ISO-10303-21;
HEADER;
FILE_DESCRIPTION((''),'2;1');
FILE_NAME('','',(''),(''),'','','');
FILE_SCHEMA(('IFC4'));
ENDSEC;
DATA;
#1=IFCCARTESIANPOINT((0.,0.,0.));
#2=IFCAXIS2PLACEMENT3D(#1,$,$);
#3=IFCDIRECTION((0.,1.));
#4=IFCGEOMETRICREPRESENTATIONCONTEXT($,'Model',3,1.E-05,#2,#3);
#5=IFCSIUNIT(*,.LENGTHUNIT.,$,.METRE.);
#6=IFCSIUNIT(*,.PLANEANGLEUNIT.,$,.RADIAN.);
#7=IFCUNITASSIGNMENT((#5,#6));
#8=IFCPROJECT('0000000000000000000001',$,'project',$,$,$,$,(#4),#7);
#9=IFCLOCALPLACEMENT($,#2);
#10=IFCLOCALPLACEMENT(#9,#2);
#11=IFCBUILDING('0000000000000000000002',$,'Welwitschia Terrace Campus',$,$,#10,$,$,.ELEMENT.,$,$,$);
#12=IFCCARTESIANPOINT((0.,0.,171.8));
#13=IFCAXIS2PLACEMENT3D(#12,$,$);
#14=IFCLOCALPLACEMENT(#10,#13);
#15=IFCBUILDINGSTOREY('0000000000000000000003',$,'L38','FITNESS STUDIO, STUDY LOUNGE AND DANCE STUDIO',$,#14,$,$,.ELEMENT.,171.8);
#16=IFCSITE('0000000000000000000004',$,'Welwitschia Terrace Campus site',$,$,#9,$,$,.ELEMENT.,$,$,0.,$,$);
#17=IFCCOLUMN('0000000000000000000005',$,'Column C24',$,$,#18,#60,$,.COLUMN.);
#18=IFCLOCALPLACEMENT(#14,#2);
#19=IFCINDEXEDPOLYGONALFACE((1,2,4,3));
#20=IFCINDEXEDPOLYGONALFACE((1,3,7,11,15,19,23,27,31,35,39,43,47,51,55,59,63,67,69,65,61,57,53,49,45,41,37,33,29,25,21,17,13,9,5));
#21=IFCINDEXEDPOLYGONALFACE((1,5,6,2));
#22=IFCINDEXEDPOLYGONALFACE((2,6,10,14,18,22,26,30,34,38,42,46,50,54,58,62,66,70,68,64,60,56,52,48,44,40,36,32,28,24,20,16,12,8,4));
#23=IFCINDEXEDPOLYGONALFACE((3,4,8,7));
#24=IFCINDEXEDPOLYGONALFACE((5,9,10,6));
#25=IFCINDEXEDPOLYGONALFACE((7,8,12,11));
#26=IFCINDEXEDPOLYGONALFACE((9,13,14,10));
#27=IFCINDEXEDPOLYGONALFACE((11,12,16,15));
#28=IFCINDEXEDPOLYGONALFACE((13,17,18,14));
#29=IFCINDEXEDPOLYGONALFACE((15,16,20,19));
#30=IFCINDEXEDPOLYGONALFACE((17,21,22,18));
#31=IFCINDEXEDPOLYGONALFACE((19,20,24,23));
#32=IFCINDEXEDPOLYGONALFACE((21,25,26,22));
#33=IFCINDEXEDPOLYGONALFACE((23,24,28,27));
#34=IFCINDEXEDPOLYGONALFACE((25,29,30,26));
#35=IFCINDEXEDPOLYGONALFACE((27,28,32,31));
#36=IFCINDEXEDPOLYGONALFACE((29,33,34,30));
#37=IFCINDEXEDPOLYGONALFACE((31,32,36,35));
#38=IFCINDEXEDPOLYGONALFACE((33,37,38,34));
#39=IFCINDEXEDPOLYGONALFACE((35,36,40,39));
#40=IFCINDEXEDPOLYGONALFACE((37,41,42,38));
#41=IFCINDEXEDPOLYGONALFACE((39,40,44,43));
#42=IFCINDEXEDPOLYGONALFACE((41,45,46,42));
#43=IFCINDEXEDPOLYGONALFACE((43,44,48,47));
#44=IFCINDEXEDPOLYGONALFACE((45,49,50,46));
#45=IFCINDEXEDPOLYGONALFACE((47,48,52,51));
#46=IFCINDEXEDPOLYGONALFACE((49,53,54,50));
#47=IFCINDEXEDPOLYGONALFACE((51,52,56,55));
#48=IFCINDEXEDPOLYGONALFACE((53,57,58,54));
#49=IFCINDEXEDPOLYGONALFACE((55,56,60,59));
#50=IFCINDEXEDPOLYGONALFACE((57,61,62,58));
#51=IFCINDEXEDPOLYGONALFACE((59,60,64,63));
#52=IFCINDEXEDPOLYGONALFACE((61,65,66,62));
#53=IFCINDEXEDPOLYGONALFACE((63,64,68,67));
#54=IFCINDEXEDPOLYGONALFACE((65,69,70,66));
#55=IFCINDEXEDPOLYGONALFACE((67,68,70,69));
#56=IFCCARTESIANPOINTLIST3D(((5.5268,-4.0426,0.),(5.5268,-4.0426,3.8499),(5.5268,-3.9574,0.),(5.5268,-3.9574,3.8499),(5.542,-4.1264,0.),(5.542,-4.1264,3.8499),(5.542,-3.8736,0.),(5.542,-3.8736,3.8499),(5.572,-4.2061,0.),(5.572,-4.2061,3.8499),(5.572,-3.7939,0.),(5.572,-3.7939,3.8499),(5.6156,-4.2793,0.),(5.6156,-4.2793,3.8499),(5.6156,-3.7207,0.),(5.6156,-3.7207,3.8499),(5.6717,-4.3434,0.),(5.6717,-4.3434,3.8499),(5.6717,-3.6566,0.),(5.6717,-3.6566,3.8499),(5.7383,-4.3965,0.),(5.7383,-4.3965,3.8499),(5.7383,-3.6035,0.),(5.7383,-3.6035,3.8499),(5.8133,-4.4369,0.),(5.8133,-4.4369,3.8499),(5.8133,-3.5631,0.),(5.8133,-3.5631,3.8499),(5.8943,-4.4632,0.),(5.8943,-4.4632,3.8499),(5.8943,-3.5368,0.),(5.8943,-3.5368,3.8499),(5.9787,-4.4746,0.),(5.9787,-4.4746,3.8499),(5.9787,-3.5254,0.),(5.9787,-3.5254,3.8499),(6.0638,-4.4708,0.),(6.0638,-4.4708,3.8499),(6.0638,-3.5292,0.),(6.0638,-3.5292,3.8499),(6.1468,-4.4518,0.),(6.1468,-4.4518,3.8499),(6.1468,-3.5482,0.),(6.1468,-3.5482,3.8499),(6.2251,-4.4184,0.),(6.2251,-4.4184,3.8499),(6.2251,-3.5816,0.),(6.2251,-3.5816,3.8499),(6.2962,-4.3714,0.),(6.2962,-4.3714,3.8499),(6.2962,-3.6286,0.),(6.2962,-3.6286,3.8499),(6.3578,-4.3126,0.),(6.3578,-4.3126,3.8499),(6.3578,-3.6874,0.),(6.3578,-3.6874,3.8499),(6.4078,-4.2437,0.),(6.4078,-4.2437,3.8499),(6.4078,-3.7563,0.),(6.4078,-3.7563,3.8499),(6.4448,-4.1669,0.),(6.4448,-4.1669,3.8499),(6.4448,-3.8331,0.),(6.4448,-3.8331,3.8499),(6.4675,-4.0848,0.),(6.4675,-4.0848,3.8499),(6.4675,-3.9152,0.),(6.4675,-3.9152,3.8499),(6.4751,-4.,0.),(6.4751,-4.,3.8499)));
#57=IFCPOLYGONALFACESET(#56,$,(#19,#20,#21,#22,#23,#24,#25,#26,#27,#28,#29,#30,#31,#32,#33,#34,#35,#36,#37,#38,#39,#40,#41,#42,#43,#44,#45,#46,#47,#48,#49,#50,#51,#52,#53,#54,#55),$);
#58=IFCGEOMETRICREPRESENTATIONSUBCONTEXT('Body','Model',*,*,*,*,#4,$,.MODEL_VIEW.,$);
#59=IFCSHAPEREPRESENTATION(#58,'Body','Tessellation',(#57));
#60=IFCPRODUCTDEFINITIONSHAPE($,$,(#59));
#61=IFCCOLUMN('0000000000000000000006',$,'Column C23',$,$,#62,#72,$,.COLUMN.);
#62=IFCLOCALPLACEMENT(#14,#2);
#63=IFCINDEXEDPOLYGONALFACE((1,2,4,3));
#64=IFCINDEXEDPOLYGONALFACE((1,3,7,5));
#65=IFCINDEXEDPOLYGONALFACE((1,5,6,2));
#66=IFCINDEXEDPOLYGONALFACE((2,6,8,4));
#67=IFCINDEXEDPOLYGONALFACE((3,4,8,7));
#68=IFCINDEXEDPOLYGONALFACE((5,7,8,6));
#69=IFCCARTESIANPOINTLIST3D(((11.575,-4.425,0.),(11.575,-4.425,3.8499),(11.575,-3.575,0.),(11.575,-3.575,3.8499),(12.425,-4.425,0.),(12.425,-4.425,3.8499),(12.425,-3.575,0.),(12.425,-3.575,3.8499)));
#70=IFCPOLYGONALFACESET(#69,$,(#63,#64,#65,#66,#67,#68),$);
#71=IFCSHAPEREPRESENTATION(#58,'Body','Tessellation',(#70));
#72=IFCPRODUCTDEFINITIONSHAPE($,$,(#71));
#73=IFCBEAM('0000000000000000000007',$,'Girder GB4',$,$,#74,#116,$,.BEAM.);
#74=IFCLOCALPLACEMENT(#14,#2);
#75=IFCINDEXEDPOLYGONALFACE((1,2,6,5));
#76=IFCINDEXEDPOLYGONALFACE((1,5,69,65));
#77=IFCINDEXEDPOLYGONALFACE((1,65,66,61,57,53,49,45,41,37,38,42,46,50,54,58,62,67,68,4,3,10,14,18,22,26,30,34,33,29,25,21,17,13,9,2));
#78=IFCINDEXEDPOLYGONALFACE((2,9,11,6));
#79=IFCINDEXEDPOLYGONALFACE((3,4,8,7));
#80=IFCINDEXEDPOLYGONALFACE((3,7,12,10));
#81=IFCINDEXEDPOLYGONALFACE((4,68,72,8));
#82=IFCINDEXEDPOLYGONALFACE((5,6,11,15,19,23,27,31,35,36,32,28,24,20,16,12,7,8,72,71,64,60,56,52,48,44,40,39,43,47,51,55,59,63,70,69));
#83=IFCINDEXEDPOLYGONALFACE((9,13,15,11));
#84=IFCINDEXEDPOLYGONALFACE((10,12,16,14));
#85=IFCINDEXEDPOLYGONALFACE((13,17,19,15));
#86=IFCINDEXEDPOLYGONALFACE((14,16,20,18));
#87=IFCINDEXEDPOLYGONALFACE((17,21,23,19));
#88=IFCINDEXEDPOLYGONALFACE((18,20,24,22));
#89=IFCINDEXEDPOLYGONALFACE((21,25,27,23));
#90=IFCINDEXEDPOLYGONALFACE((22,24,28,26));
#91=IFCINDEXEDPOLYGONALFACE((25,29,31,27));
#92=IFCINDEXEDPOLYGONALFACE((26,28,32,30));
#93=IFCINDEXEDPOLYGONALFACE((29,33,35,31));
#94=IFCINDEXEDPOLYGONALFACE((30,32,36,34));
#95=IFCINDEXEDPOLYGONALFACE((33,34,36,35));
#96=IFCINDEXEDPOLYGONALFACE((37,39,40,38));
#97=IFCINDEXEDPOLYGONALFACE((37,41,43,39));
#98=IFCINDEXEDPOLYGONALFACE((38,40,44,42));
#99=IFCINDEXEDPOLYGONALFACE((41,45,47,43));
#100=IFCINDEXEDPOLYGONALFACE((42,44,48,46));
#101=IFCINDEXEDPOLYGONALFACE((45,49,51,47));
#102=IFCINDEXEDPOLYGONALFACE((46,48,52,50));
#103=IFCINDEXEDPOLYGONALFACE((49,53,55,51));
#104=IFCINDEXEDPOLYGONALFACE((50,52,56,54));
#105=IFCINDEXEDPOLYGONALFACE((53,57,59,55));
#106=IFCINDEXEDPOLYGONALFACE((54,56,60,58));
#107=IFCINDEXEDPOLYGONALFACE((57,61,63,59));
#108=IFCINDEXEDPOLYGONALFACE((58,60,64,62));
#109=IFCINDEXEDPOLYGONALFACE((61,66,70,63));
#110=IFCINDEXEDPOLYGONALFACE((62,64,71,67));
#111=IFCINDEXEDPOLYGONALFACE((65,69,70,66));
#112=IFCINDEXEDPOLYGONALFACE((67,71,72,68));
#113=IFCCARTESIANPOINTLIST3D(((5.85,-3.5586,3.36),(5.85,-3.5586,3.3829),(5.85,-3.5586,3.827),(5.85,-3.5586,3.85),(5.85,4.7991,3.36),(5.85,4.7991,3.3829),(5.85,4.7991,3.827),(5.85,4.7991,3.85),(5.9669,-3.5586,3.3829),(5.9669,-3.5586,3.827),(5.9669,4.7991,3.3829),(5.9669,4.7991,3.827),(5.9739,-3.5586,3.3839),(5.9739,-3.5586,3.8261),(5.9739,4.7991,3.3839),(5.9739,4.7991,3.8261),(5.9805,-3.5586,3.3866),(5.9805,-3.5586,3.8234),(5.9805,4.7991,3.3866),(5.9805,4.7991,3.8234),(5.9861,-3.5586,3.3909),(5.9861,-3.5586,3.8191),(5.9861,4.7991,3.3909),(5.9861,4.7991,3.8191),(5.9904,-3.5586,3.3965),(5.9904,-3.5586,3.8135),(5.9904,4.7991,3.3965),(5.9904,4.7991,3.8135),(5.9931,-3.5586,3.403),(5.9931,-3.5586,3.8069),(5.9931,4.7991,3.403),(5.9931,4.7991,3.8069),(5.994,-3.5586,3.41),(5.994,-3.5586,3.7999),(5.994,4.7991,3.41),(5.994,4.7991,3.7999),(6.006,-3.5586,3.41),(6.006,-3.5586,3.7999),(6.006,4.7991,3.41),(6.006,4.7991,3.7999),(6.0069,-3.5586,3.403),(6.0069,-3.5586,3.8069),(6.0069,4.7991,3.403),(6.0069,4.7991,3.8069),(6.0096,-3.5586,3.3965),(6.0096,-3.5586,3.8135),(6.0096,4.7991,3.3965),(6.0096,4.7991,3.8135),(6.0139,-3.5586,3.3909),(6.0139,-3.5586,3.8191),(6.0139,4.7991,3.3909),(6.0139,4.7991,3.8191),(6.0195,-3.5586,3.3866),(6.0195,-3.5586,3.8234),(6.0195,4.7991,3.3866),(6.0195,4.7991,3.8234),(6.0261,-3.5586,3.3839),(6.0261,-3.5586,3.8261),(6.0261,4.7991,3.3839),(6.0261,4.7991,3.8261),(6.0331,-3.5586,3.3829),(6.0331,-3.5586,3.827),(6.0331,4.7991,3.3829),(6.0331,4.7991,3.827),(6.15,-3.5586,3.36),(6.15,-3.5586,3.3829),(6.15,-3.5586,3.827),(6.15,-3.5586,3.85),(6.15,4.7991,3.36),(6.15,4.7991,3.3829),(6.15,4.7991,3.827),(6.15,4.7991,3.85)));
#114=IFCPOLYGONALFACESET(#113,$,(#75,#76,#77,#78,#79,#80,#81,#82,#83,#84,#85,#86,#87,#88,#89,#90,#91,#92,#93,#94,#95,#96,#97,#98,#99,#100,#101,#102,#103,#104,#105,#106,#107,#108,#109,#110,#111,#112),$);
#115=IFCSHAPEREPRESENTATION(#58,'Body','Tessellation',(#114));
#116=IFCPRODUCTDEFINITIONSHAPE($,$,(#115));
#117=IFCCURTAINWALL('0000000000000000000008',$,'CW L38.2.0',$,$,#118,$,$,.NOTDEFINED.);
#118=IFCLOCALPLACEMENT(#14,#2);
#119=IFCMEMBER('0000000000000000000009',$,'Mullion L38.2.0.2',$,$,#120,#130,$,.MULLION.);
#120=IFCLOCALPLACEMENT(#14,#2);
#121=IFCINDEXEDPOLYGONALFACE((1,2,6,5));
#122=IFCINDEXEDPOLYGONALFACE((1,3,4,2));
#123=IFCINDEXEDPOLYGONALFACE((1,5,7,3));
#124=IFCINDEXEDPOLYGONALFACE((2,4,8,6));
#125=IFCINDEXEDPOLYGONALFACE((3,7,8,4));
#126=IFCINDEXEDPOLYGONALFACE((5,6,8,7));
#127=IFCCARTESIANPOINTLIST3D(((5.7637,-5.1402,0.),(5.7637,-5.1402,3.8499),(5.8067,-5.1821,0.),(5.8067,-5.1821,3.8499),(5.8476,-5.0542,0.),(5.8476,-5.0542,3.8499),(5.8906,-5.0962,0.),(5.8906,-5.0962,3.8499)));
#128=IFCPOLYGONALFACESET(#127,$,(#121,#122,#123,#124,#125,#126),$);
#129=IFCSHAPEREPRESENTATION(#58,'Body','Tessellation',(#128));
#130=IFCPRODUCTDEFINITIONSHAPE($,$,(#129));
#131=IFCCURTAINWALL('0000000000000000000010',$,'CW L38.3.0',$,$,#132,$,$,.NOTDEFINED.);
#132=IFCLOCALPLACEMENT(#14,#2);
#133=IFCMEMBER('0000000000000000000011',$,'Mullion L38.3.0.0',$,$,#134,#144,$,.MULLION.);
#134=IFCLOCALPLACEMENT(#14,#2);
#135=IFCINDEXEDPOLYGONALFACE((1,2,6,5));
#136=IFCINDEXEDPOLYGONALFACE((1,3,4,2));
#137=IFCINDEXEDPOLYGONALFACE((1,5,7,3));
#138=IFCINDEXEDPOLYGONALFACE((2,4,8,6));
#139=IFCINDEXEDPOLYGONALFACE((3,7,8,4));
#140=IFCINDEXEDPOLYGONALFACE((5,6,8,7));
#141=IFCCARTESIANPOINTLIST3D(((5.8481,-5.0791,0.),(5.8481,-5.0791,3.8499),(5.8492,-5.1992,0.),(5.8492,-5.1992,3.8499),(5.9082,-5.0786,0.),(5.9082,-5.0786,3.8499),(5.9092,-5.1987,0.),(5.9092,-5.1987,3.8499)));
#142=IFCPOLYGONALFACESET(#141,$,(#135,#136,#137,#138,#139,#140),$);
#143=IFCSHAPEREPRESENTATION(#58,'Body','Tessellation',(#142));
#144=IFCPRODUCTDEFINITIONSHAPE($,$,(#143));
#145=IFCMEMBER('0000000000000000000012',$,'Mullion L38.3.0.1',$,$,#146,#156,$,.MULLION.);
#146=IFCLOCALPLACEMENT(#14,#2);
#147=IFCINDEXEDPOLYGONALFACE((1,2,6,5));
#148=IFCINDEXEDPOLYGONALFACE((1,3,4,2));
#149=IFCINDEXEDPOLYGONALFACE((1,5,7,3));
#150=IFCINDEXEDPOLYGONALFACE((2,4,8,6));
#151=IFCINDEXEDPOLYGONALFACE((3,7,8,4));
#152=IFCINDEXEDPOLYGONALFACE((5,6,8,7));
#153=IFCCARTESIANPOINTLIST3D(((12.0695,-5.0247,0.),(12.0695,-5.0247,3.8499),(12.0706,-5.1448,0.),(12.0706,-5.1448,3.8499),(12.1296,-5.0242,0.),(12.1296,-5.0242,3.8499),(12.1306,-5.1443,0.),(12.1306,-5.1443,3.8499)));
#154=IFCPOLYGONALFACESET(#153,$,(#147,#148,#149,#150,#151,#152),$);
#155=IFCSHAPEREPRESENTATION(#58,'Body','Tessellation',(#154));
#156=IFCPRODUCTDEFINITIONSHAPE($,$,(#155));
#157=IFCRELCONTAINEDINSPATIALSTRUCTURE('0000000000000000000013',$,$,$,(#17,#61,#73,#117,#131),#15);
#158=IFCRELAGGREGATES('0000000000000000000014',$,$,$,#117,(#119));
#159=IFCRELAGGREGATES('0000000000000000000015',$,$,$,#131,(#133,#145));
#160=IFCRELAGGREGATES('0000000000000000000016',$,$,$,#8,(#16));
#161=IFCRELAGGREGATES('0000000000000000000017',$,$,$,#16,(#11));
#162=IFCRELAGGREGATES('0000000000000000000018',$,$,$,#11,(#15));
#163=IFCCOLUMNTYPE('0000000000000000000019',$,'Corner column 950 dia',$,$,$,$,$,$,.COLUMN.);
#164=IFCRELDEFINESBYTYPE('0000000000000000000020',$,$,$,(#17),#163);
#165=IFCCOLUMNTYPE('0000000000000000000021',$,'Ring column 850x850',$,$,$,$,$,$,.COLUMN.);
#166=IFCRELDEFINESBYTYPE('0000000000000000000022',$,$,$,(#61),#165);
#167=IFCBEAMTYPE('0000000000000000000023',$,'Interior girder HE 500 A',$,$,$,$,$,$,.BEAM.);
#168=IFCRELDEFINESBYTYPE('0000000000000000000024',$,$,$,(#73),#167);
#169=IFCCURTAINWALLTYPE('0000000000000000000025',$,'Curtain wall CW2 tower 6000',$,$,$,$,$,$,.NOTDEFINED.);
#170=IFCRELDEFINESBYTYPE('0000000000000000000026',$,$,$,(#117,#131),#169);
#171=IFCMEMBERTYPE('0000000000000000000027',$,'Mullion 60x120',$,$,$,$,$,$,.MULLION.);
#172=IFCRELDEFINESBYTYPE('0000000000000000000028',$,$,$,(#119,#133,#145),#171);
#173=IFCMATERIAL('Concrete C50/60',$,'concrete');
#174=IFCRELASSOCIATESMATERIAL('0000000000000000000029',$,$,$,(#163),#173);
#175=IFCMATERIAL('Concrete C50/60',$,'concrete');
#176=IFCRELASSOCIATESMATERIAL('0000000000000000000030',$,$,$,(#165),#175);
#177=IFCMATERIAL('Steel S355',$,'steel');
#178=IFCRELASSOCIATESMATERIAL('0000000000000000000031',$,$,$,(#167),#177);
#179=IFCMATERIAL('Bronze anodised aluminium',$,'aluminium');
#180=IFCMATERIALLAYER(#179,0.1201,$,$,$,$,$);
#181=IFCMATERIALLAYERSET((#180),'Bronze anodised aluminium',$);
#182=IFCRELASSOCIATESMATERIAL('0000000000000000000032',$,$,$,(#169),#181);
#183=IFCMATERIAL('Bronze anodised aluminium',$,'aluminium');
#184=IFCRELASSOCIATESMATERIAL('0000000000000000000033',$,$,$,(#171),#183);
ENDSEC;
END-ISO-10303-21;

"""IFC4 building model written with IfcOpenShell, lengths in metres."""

from ifc_helpers import new_model, si_unit, direction, frame, origin, origin_2d, place, context, subcontext, project, spatial, rectangle, circle, i_section, extrude, material, layer, layer_set, material_profile, profile_set, type_object, element, aggregate, save


model = new_model("IFC4")

# Units and contexts
model_context = context("Model", 3, precision=1e-05, world=origin(), true_north=direction((0.0, 1.0)))
body_context = subcontext(model_context, "Body", "Model", "MODEL_VIEW")
ifc_project = project(units=[si_unit("LENGTHUNIT", "METRE"), si_unit("PLANEANGLEUNIT", "RADIAN")], contexts=[model_context])

# Site, building, storey
site_placement = place(None, origin())
site = spatial("IfcSite", under=ifc_project, at=site_placement, Name="Welwitschia Terrace Campus site", CompositionType="ELEMENT", RefElevation=0.0)
building_placement = place(site_placement, origin())
building = spatial("IfcBuilding", under=site, at=building_placement, Name="Welwitschia Terrace Campus", CompositionType="ELEMENT")
storey_placement = place(building_placement, frame((0.0, 0.0, 171.8)))
storey = spatial("IfcBuildingStorey", under=building, at=storey_placement, Name="L38", Description="FITNESS STUDIO, STUDY LOUNGE AND DANCE STUDIO", CompositionType="ELEMENT", Elevation=171.8)

# Columns
ifc_material_1 = material(Name="Concrete C50/60", Category="concrete")
ifc_material_profile_1 = material_profile(ifc_material_1, circle(Radius=0.4751, at=origin_2d()))
ifc_profile_set_1 = profile_set([ifc_material_profile_1], Name="Concrete C50/60")
column_type_1 = type_object("IfcColumnType", Name="Corner column 950 dia", PredefinedType="COLUMN", material=ifc_profile_set_1)
column_1_placement = place(storey_placement, frame((6.0, -4.0, 0.0), z_axis=(0.0, 0.0, 1.0), x_axis=(1.0, 0.0, 0.0)))
element("IfcColumn", 1, at=column_1_placement, inside=storey, type_object=column_type_1, Name="Column C24", PredefinedType="COLUMN", context=body_context, shape_type="SweptSolid", body=[
    extrude(circle(Radius=0.4751, at=origin_2d()), origin(), (0.0, 0.0, 1.0), 3.8499),
])
ifc_material_2 = material(Name="Concrete C50/60", Category="concrete")
ifc_material_profile_2 = material_profile(ifc_material_2, rectangle(XDim=0.8501, YDim=0.8501, at=origin_2d()))
ifc_profile_set_2 = profile_set([ifc_material_profile_2], Name="Concrete C50/60")
column_type_2 = type_object("IfcColumnType", Name="Ring column 850x850", PredefinedType="COLUMN", material=ifc_profile_set_2)
column_2_placement = place(storey_placement, frame((12.0, -4.0, 0.0), z_axis=(0.0, 0.0, 1.0), x_axis=(1.0, 0.0, 0.0)))
element("IfcColumn", 2, at=column_2_placement, inside=storey, type_object=column_type_2, Name="Column C23", PredefinedType="COLUMN", context=body_context, shape_type="SweptSolid", body=[
    extrude(rectangle(XDim=0.8501, YDim=0.8501, at=origin_2d()), origin(), (0.0, 0.0, 1.0), 3.8499),
])

# Beam
ifc_material_3 = material(Name="Steel S355", Category="steel")
ifc_material_profile_3 = material_profile(ifc_material_3, i_section(OverallWidth=0.3, OverallDepth=0.49, WebThickness=0.012, FlangeThickness=0.0229, FilletRadius=0.0271, at=origin_2d()))
ifc_profile_set_3 = profile_set([ifc_material_profile_3], Name="Steel S355")
beam_type_1 = type_object("IfcBeamType", Name="Interior girder HE 500 A", PredefinedType="BEAM", material=ifc_profile_set_3)
beam_1_placement = place(storey_placement, frame((6.0, -3.5586, 3.605), z_axis=(0.0, 1.0, 0.0), x_axis=(-1.0, 0.0, 0.0)))
element("IfcBeam", 3, at=beam_1_placement, inside=storey, type_object=beam_type_1, Name="Girder GB4", PredefinedType="BEAM", context=body_context, shape_type="SweptSolid", body=[
    extrude(i_section(OverallWidth=0.3, OverallDepth=0.49, WebThickness=0.012, FlangeThickness=0.0229, FilletRadius=0.0271, at=origin_2d()), origin(), (0.0, 0.0, 1.0), 8.3577),
])

# Curtain wall, member
ifc_material_4 = material(Name="Bronze anodised aluminium", Category="aluminium")
ifc_layer_1 = layer(ifc_material_4, 0.1201)
ifc_layer_set_1 = layer_set([ifc_layer_1], Name="Bronze anodised aluminium")
curtain_wall_type = type_object("IfcCurtainWallType", Name="Curtain wall CW2 tower 6000", PredefinedType="NOTDEFINED", material=ifc_layer_set_1)
curtain_wall_1_placement = place(storey_placement, origin())
curtain_wall_1 = element("IfcCurtainWall", 4, at=curtain_wall_1_placement, inside=storey, type_object=curtain_wall_type, Name="CW L38.2.0", PredefinedType="NOTDEFINED")
ifc_material_5 = material(Name="Bronze anodised aluminium", Category="aluminium")
ifc_material_profile_4 = material_profile(ifc_material_5, rectangle(XDim=0.1201, YDim=0.0601, at=origin_2d()))
ifc_profile_set_4 = profile_set([ifc_material_profile_4], Name="Bronze anodised aluminium")
member_type_1 = type_object("IfcMemberType", Name="Mullion 60x120", PredefinedType="MULLION", material=ifc_profile_set_4)
member_1_placement = place(storey_placement, frame((5.8271, -5.1182, 0.0), z_axis=(0.0, 0.0, 1.0), x_axis=(0.698399, 0.715708, 0.0)))
member_1 = element("IfcMember", 5, at=member_1_placement, type_object=member_type_1, Name="Mullion L38.2.0.2", PredefinedType="MULLION", context=body_context, shape_type="SweptSolid", body=[
    extrude(rectangle(XDim=0.1201, YDim=0.0601, at=origin_2d()), origin(), (0.0, 0.0, 1.0), 3.8499),
])

# Curtain wall, members
curtain_wall_2_placement = place(storey_placement, origin())
curtain_wall_2 = element("IfcCurtainWall", 6, at=curtain_wall_2_placement, inside=storey, type_object=curtain_wall_type, Name="CW L38.3.0", PredefinedType="NOTDEFINED")
member_2_placement = place(storey_placement, frame((5.8787, -5.1389, 0.0), z_axis=(0.0, 0.0, 1.0), x_axis=(-0.008727, 0.999962, 0.0)))
member_2 = element("IfcMember", 7, at=member_2_placement, type_object=member_type_1, Name="Mullion L38.3.0.0", PredefinedType="MULLION", context=body_context, shape_type="SweptSolid", body=[
    extrude(rectangle(XDim=0.1201, YDim=0.0601, at=origin_2d()), origin(), (0.0, 0.0, 1.0), 3.8499),
])
member_3_placement = place(storey_placement, frame((12.1001, -5.0845, 0.0), z_axis=(0.0, 0.0, 1.0), x_axis=(-0.008727, 0.999962, 0.0)))
member_3 = element("IfcMember", 8, at=member_3_placement, type_object=member_type_1, Name="Mullion L38.3.0.1", PredefinedType="MULLION", context=body_context, shape_type="SweptSolid", body=[
    extrude(rectangle(XDim=0.1201, YDim=0.0601, at=origin_2d()), origin(), (0.0, 0.0, 1.0), 3.8499),
])

aggregate(curtain_wall_1, [member_1])
aggregate(curtain_wall_2, [member_2, member_3])

save(model, "model.ifc")
